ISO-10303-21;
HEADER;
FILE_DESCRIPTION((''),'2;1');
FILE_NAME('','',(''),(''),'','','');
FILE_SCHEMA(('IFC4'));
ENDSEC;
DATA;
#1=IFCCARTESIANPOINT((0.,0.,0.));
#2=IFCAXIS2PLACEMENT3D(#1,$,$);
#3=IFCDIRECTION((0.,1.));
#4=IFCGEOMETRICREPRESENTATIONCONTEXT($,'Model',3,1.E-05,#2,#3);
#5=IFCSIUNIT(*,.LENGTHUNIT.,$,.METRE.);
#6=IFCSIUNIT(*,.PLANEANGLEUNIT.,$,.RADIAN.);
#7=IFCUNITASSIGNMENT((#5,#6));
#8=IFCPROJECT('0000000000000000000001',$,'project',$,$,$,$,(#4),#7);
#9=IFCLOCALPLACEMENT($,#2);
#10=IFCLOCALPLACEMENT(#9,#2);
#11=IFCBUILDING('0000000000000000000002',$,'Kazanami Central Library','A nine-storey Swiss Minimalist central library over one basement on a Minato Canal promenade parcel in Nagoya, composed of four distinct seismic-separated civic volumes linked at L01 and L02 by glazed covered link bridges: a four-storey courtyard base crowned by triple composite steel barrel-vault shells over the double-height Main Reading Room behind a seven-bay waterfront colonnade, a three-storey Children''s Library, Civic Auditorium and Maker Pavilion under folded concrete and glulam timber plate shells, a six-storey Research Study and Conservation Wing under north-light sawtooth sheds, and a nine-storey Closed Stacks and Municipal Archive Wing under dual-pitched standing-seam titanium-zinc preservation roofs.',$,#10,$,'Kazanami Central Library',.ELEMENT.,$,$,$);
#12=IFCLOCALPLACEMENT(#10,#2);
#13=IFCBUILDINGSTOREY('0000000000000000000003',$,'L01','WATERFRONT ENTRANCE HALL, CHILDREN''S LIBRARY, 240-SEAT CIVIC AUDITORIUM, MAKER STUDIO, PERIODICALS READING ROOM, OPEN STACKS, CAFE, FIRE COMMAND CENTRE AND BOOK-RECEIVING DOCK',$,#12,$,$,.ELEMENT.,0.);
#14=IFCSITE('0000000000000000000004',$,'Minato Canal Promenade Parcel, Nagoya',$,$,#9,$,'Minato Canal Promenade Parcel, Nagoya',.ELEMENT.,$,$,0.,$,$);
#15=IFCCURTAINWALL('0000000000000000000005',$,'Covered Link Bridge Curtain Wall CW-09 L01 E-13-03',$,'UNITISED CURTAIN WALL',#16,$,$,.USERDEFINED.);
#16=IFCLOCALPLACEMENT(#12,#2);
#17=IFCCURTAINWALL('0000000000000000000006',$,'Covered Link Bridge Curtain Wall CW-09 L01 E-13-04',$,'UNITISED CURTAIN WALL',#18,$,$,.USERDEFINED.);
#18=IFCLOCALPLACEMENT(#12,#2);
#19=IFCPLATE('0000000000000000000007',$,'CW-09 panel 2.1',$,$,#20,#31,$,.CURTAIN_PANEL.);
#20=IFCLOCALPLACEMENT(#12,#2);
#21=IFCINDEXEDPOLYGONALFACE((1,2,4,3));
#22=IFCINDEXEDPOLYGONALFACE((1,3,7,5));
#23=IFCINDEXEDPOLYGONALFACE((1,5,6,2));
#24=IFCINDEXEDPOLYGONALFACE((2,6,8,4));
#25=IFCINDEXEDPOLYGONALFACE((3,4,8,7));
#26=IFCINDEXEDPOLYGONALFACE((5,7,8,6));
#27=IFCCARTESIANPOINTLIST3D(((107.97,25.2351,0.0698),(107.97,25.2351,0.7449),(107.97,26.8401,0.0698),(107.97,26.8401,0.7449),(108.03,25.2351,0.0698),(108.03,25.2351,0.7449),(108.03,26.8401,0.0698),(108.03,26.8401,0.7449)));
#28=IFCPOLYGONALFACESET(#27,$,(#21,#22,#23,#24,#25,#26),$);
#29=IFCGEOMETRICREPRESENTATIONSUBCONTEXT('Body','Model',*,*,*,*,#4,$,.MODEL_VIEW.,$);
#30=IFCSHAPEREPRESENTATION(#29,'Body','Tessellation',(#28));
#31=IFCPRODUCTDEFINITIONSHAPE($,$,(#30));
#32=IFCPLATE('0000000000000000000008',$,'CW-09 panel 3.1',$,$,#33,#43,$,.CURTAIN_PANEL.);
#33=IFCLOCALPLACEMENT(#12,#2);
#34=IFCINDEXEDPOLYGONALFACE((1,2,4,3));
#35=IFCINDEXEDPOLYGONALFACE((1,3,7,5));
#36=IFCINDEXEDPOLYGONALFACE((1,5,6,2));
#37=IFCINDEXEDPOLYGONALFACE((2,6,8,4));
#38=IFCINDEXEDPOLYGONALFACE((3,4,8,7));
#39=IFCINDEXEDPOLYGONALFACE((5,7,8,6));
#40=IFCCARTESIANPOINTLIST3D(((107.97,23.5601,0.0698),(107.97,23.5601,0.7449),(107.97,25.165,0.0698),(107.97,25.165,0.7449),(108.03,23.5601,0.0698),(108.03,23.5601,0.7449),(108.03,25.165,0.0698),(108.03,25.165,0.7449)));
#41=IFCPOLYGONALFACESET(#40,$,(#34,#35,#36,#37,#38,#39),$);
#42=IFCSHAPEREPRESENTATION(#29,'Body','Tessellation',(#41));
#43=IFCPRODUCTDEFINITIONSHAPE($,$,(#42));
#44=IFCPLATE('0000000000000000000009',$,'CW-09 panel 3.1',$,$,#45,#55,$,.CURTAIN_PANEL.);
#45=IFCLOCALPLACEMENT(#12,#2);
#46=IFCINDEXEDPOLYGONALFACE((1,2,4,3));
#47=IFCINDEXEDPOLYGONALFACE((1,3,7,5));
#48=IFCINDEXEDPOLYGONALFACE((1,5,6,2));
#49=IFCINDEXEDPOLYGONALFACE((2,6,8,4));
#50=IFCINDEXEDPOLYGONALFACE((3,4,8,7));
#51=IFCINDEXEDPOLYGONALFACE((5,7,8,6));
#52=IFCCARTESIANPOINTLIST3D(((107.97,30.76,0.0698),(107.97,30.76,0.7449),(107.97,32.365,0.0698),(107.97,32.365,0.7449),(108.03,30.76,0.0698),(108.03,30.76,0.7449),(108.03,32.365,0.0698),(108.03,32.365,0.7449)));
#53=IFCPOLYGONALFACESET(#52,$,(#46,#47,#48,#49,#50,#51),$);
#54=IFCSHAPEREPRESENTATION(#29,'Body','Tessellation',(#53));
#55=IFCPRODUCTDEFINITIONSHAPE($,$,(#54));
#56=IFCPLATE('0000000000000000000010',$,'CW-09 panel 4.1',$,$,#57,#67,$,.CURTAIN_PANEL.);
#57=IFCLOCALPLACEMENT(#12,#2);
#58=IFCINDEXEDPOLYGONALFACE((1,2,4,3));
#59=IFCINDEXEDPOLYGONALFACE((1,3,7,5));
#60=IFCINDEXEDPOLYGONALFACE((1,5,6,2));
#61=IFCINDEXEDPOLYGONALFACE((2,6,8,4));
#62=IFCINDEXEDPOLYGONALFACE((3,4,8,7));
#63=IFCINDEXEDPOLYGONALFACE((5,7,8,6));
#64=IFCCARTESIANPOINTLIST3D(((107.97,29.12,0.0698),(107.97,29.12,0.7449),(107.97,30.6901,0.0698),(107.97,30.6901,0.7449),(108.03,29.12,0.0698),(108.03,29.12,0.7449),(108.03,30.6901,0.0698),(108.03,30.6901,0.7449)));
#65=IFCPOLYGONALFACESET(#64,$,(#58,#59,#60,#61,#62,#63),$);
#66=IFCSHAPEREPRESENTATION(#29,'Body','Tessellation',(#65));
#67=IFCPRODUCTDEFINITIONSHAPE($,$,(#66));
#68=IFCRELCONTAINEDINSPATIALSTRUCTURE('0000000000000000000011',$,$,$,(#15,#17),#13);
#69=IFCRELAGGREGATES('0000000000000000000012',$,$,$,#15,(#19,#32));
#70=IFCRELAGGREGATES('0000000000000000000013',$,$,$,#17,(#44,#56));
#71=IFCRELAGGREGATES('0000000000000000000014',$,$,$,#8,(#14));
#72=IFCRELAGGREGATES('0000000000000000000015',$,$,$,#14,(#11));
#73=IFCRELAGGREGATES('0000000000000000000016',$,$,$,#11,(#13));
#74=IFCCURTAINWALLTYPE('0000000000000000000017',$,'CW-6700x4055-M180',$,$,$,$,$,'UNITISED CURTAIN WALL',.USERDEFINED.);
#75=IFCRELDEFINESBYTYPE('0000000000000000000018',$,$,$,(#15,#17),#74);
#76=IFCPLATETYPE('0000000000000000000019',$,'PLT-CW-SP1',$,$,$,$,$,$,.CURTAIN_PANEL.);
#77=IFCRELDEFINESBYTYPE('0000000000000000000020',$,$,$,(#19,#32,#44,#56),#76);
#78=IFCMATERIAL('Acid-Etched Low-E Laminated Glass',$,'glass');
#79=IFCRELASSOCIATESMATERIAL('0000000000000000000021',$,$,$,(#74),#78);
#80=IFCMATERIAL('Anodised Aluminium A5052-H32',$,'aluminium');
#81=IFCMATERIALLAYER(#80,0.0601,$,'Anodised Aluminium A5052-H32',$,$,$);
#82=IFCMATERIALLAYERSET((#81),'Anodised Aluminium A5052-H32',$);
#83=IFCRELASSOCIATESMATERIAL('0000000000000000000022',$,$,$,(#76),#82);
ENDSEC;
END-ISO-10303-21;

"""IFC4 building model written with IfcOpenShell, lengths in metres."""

from ifc_helpers import new_model, si_unit, direction, frame, origin, origin_2d, place, context, subcontext, project, spatial, rectangle, extrude, material, layer, layer_set, type_object, element, aggregate, save


model = new_model("IFC4")

# Units and contexts
model_context = context("Model", 3, precision=1e-05, world=origin(), true_north=direction((0.0, 1.0)))
body_context = subcontext(model_context, "Body", "Model", "MODEL_VIEW")
ifc_project = project(units=[si_unit("LENGTHUNIT", "METRE"), si_unit("PLANEANGLEUNIT", "RADIAN")], contexts=[model_context])

# Site, building, storey
site_placement = place(None, origin())
site = spatial("IfcSite", under=ifc_project, at=site_placement, Name="Minato Canal Promenade Parcel, Nagoya", LongName="Minato Canal Promenade Parcel, Nagoya", CompositionType="ELEMENT", RefElevation=0.0)
building_placement = place(site_placement, origin())
building = spatial("IfcBuilding", under=site, at=building_placement, Name="Kazanami Central Library", Description="A nine-storey Swiss Minimalist central library over one basement on a Minato Canal promenade parcel in Nagoya, composed of four distinct seismic-separated civic volumes linked at L01 and L02 by glazed covered link bridges: a four-storey courtyard base crowned by triple composite steel barrel-vault shells over the double-height Main Reading Room behind a seven-bay waterfront colonnade, a three-storey Children's Library, Civic Auditorium and Maker Pavilion under folded concrete and glulam timber plate shells, a six-storey Research Study and Conservation Wing under north-light sawtooth sheds, and a nine-storey Closed Stacks and Municipal Archive Wing under dual-pitched standing-seam titanium-zinc preservation roofs.", LongName="Kazanami Central Library", CompositionType="ELEMENT")
storey_placement = place(building_placement, origin())
storey = spatial("IfcBuildingStorey", under=building, at=storey_placement, Name="L01", Description="WATERFRONT ENTRANCE HALL, CHILDREN'S LIBRARY, 240-SEAT CIVIC AUDITORIUM, MAKER STUDIO, PERIODICALS READING ROOM, OPEN STACKS, CAFE, FIRE COMMAND CENTRE AND BOOK-RECEIVING DOCK", CompositionType="ELEMENT", Elevation=0.0)

# Curtain walls
ifc_material_1 = material(Name="Acid-Etched Low-E Laminated Glass", Category="glass")
curtain_wall_type = type_object("IfcCurtainWallType", Name="CW-6700x4055-M180", ElementType="UNITISED CURTAIN WALL", PredefinedType="USERDEFINED", material=ifc_material_1)
curtain_wall_1_placement = place(storey_placement, origin())
curtain_wall_1 = element("IfcCurtainWall", 1, at=curtain_wall_1_placement, inside=storey, type_object=curtain_wall_type, Name="Covered Link Bridge Curtain Wall CW-09 L01 E-13-03", ObjectType="UNITISED CURTAIN WALL", PredefinedType="USERDEFINED")
curtain_wall_2_placement = place(storey_placement, origin())
curtain_wall_2 = element("IfcCurtainWall", 2, at=curtain_wall_2_placement, inside=storey, type_object=curtain_wall_type, Name="Covered Link Bridge Curtain Wall CW-09 L01 E-13-04", ObjectType="UNITISED CURTAIN WALL", PredefinedType="USERDEFINED")

# Plates
ifc_material_2 = material(Name="Anodised Aluminium A5052-H32", Category="aluminium")
ifc_layer_1 = layer(ifc_material_2, 0.0601, Name="Anodised Aluminium A5052-H32")
ifc_layer_set_1 = layer_set([ifc_layer_1], Name="Anodised Aluminium A5052-H32")
plate_type_1 = type_object("IfcPlateType", Name="PLT-CW-SP1", PredefinedType="CURTAIN_PANEL", material=ifc_layer_set_1)
plate_1_placement = place(storey_placement, frame((108.0, 26.0376, 0.0698), z_axis=(0.0, 0.0, 1.0), x_axis=(0.0, -1.0, 0.0)))
plate_1 = element("IfcPlate", 3, at=plate_1_placement, type_object=plate_type_1, Name="CW-09 panel 2.1", PredefinedType="CURTAIN_PANEL", context=body_context, shape_type="SweptSolid", body=[
    extrude(rectangle(XDim=1.605, YDim=0.0601, at=origin_2d()), origin(), (0.0, 0.0, 1.0), 0.675),
])
plate_2_placement = place(storey_placement, frame((108.0, 24.3625, 0.0698), z_axis=(0.0, 0.0, 1.0), x_axis=(0.0, -1.0, 0.0)))
plate_2 = element("IfcPlate", 4, at=plate_2_placement, type_object=plate_type_1, Name="CW-09 panel 3.1", PredefinedType="CURTAIN_PANEL", context=body_context, shape_type="SweptSolid", body=[
    extrude(rectangle(XDim=1.605, YDim=0.0601, at=origin_2d()), origin(), (0.0, 0.0, 1.0), 0.675),
])
aggregate(curtain_wall_1, [plate_1, plate_2])
plate_3_placement = place(storey_placement, frame((108.0, 31.5625, 0.0698), z_axis=(0.0, 0.0, 1.0), x_axis=(0.0, -1.0, 0.0)))
plate_3 = element("IfcPlate", 5, at=plate_3_placement, type_object=plate_type_1, Name="CW-09 panel 3.1", PredefinedType="CURTAIN_PANEL", context=body_context, shape_type="SweptSolid", body=[
    extrude(rectangle(XDim=1.605, YDim=0.0601, at=origin_2d()), origin(), (0.0, 0.0, 1.0), 0.675),
])
plate_4_placement = place(storey_placement, frame((108.0, 29.905, 0.0698), z_axis=(0.0, 0.0, 1.0), x_axis=(0.0, -1.0, 0.0)))
plate_4 = element("IfcPlate", 6, at=plate_4_placement, type_object=plate_type_1, Name="CW-09 panel 4.1", PredefinedType="CURTAIN_PANEL", context=body_context, shape_type="SweptSolid", body=[
    extrude(rectangle(XDim=1.5701, YDim=0.0601, at=origin_2d()), origin(), (0.0, 0.0, 1.0), 0.675),
])
aggregate(curtain_wall_2, [plate_3, plate_4])

save(model, "model.ifc")
